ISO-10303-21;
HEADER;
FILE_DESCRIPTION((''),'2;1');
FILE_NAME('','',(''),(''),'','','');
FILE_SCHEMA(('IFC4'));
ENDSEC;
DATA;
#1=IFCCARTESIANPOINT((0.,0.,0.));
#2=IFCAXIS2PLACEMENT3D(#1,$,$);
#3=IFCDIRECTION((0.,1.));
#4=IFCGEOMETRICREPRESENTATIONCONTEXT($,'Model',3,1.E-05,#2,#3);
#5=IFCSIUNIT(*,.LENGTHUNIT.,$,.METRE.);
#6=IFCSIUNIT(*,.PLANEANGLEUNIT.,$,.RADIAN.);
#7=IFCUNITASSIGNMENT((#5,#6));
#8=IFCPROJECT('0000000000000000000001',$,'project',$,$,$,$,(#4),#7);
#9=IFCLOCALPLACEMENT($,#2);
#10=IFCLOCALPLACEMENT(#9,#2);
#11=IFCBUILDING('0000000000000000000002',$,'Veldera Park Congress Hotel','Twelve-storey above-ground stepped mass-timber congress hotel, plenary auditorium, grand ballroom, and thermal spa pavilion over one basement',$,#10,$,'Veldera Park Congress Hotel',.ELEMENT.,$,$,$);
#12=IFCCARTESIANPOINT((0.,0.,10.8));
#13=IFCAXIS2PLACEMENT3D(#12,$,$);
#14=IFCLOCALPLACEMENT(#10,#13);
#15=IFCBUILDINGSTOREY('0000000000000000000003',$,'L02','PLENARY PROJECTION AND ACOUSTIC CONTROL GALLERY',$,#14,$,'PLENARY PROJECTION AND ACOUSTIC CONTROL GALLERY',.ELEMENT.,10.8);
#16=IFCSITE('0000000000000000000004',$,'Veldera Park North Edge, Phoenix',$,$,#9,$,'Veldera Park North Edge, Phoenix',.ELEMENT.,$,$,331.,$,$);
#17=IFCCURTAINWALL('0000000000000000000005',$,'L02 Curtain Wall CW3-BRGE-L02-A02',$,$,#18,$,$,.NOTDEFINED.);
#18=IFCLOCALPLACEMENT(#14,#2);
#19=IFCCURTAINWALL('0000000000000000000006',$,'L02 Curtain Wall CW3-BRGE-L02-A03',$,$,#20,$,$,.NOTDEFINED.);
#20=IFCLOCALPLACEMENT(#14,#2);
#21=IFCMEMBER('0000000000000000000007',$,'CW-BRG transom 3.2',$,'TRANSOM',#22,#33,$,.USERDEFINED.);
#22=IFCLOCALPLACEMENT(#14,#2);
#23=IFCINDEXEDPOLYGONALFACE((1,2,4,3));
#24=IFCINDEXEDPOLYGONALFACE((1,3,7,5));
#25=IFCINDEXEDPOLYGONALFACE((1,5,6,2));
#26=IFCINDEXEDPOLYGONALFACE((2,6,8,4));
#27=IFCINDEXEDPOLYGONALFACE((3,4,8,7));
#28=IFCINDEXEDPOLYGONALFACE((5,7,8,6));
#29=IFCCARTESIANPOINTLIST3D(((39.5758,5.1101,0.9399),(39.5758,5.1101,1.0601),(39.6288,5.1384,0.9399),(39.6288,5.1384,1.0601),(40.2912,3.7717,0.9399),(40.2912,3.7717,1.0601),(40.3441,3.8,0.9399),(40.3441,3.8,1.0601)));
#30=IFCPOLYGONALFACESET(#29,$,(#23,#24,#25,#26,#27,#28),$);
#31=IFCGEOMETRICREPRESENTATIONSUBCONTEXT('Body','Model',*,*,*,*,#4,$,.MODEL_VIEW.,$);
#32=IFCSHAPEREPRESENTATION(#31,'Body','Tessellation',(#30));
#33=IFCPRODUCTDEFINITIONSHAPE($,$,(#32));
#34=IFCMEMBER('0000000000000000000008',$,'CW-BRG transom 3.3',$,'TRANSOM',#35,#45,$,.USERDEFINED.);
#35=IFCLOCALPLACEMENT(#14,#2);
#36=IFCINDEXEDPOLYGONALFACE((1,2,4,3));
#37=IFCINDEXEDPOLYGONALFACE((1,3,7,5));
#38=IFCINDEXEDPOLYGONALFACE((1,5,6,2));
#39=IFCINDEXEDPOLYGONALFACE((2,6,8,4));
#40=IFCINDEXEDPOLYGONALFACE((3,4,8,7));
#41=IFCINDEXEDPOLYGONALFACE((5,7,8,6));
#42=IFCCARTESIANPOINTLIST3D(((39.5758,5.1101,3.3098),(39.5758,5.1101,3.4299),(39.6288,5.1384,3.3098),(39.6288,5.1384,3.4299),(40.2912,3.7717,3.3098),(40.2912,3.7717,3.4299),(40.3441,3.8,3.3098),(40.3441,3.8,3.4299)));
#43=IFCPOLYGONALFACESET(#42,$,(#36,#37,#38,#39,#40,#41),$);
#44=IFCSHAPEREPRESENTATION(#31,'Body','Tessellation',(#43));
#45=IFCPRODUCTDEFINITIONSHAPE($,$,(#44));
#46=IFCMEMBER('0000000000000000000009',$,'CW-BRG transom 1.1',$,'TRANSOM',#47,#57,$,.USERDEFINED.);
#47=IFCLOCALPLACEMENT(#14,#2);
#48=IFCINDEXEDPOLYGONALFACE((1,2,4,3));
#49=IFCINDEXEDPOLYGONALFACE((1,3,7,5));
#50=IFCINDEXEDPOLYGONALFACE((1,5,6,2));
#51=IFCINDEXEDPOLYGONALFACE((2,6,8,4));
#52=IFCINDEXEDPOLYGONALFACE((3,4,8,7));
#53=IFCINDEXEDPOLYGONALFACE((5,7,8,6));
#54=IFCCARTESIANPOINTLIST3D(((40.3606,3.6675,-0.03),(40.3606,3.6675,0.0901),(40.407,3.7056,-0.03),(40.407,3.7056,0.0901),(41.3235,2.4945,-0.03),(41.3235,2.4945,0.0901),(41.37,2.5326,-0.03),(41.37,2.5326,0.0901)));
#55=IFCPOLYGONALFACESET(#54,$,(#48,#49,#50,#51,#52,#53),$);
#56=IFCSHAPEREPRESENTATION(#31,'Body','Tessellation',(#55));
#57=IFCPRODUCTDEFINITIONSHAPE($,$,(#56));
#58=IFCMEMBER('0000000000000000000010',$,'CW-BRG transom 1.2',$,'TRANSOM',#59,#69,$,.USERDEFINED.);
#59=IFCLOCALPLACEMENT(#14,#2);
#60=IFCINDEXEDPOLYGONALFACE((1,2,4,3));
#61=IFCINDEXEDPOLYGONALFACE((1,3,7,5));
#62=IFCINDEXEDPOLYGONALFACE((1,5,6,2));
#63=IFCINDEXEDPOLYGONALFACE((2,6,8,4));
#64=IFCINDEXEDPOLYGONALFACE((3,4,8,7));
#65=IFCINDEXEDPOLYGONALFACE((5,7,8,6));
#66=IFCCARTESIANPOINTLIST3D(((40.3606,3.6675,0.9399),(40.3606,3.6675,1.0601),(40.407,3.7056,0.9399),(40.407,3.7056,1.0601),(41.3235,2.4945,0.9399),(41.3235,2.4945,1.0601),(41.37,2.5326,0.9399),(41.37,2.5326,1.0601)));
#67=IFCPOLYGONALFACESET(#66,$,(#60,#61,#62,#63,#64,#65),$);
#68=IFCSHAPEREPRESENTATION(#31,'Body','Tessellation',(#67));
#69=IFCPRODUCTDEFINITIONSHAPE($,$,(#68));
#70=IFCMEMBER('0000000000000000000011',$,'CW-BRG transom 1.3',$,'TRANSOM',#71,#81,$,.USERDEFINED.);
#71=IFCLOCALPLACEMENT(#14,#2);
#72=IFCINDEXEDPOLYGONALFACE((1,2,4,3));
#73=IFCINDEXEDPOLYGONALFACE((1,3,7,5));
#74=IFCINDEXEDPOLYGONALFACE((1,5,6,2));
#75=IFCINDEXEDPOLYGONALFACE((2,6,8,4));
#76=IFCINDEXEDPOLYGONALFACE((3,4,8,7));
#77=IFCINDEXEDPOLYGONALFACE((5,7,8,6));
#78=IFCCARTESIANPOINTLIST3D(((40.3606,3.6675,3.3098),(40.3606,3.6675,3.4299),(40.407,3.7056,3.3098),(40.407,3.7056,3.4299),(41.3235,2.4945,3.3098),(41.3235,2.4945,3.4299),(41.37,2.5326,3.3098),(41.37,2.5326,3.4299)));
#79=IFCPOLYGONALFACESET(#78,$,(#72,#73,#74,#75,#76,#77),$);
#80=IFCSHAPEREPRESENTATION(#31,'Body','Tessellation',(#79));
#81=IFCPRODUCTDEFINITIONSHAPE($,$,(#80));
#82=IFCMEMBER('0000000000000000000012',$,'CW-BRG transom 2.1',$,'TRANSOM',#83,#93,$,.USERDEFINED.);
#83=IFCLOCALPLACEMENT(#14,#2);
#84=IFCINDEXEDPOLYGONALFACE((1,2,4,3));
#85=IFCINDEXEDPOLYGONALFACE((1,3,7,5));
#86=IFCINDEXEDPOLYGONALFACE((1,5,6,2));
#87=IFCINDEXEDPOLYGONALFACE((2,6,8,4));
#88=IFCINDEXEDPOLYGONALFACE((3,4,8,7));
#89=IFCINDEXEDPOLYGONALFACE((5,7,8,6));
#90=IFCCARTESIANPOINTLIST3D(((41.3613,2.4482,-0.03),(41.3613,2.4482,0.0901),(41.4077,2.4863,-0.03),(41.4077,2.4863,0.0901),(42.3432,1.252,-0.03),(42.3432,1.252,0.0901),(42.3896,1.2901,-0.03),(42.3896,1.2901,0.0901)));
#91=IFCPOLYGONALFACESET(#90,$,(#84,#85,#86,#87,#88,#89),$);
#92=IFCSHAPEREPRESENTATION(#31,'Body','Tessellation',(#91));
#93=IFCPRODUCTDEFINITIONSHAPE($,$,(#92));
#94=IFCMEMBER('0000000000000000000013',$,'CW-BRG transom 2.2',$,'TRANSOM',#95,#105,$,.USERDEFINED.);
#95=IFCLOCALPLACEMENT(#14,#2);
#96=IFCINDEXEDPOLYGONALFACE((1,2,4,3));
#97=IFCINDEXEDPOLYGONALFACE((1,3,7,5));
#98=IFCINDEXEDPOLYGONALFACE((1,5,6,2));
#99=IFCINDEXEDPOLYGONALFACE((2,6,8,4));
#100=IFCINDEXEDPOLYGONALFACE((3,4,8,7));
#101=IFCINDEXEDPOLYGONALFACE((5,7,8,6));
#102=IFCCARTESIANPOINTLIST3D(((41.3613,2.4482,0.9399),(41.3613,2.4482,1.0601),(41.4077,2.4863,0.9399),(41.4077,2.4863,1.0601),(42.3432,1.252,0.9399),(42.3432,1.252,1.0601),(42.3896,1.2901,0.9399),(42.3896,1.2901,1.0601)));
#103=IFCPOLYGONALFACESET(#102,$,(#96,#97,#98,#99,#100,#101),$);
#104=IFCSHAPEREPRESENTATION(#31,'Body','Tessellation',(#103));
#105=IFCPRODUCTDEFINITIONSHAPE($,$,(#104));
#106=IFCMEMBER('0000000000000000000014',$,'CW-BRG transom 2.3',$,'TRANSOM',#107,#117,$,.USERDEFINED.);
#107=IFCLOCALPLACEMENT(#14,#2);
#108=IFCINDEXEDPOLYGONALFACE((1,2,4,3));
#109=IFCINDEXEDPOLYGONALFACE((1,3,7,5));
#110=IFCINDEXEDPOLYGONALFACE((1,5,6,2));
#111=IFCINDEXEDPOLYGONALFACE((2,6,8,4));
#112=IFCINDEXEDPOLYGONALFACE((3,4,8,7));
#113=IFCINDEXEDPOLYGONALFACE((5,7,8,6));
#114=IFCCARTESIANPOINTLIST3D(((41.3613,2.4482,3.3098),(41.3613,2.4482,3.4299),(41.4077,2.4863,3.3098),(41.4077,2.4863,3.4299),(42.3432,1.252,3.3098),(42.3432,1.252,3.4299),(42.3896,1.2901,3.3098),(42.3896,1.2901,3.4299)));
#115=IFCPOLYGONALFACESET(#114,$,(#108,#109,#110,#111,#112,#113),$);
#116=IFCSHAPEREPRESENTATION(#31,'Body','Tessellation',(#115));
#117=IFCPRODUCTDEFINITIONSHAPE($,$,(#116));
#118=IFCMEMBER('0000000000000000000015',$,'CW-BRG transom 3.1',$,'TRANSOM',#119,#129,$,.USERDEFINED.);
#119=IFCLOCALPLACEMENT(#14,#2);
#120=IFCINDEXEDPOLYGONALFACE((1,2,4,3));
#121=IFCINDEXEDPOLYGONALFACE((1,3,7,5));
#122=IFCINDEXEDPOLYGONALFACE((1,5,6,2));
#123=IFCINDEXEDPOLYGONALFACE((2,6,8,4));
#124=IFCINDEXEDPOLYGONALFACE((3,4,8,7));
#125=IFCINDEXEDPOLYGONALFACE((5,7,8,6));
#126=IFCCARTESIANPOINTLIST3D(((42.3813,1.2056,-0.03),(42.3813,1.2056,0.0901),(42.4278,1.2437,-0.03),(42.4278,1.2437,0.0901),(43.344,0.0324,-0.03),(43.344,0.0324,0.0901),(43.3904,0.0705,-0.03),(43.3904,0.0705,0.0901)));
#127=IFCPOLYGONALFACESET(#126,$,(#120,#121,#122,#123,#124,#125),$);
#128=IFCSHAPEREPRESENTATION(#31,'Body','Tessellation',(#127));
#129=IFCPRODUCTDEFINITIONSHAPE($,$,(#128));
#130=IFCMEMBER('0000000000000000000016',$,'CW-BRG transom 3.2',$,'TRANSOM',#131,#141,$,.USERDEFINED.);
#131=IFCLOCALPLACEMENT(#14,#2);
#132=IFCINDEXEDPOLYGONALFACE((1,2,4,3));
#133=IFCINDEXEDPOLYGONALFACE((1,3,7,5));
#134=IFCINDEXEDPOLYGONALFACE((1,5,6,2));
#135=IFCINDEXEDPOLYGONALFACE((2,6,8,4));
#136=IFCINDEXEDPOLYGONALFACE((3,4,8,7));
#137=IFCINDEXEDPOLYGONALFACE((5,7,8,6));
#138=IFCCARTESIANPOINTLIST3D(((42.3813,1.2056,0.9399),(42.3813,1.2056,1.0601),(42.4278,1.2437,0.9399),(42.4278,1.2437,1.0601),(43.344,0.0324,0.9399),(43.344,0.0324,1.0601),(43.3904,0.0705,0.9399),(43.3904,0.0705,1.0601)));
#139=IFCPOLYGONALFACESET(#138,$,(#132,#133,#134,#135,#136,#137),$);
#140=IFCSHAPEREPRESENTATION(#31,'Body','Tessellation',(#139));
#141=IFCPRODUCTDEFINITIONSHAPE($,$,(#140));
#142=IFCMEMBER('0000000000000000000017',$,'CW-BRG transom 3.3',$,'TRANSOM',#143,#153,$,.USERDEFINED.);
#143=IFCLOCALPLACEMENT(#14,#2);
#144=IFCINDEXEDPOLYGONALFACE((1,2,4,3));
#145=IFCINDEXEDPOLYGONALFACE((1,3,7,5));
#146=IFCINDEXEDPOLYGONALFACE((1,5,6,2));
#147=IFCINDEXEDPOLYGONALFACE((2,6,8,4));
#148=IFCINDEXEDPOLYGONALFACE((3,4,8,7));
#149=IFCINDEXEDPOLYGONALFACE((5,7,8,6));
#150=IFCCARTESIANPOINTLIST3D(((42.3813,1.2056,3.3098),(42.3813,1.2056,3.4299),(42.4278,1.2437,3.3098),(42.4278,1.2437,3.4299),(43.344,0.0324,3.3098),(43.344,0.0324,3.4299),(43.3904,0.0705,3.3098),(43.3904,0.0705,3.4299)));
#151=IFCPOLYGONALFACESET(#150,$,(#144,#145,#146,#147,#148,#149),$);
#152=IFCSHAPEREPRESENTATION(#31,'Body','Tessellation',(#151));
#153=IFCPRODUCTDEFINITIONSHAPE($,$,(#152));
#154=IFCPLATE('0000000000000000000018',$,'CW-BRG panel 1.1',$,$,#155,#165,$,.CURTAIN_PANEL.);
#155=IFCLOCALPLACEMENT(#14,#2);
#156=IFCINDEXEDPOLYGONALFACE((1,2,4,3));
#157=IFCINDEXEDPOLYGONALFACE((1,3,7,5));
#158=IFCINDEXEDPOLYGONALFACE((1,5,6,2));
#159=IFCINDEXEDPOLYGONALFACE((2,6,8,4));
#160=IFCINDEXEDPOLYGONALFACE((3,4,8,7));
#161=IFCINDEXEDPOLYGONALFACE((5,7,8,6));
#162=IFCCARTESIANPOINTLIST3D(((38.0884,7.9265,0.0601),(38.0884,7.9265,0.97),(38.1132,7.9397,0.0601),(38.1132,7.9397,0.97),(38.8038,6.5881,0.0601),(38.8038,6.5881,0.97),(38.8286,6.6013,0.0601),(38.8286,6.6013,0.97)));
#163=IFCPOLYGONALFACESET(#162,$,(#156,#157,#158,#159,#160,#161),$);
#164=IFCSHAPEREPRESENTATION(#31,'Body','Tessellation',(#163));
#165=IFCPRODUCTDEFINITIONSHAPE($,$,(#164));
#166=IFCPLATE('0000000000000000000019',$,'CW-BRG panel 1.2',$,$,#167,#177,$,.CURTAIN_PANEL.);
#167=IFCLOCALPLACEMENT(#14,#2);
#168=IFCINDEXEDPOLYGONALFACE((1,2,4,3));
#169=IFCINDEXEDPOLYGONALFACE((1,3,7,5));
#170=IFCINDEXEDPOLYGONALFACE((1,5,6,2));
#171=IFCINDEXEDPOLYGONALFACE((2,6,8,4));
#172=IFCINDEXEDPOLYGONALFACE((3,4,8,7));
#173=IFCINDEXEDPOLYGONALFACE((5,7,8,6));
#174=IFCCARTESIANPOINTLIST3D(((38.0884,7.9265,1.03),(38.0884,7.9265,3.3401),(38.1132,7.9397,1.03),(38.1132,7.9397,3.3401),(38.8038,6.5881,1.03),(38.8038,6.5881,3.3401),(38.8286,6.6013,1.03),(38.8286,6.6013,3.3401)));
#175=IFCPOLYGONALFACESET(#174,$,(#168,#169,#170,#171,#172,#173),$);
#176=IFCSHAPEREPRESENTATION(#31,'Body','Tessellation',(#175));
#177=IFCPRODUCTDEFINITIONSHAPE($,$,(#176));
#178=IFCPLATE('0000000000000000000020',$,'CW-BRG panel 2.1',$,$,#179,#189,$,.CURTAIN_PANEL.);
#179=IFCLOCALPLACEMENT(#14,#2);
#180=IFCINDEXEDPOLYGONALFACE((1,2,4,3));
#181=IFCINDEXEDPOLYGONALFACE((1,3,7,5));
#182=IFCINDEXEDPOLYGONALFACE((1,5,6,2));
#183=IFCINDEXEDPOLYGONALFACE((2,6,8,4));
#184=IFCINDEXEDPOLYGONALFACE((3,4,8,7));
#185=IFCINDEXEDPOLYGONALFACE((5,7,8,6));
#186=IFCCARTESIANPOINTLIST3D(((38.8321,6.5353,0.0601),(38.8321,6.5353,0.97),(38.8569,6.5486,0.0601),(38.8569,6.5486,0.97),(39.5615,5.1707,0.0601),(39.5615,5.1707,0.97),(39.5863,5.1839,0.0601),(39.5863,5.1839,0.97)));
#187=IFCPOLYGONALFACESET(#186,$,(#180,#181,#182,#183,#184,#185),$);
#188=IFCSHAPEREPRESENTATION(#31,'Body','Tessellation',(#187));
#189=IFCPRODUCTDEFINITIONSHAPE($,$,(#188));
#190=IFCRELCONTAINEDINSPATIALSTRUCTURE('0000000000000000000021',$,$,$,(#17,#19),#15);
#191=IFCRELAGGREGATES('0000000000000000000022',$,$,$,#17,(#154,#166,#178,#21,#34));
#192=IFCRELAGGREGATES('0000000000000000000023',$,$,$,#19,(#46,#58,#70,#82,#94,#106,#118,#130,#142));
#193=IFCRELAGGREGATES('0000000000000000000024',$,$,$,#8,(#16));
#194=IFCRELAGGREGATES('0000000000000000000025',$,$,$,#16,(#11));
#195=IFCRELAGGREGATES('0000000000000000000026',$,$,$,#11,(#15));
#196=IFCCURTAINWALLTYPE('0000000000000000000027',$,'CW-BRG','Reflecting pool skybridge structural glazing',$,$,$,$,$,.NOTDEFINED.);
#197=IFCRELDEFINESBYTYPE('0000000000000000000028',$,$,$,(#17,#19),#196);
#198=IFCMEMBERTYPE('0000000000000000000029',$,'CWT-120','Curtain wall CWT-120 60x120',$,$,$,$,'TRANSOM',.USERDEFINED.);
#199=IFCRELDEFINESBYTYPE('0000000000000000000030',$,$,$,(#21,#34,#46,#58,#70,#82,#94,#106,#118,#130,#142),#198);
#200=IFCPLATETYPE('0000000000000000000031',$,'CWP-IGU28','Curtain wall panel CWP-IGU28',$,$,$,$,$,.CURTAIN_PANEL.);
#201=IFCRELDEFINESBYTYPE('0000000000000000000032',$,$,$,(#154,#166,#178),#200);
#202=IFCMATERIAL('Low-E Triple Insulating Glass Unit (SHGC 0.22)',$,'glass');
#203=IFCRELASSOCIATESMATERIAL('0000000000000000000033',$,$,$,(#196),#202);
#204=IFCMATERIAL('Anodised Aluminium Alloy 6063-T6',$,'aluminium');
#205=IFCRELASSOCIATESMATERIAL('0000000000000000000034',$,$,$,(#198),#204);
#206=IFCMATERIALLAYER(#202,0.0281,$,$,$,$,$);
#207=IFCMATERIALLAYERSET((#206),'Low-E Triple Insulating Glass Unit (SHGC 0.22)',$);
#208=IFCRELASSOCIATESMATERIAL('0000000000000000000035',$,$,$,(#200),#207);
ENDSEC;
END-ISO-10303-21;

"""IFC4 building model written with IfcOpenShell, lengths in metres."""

from ifc_helpers import new_model, si_unit, direction, frame, origin, origin_2d, place, context, subcontext, project, spatial, rectangle, extrude, material, layer, layer_set, material_profile, profile_set, type_object, element, aggregate, save


model = new_model("IFC4")

# Units and contexts
model_context = context("Model", 3, precision=1e-05, world=origin(), true_north=direction((0.0, 1.0)))
body_context = subcontext(model_context, "Body", "Model", "MODEL_VIEW")
ifc_project = project(units=[si_unit("LENGTHUNIT", "METRE"), si_unit("PLANEANGLEUNIT", "RADIAN")], contexts=[model_context])

# Site, building, storey
site_placement = place(None, origin())
site = spatial("IfcSite", under=ifc_project, at=site_placement, Name="Veldera Park North Edge, Phoenix", LongName="Veldera Park North Edge, Phoenix", CompositionType="ELEMENT", RefElevation=331.0)
building_placement = place(site_placement, origin())
building = spatial("IfcBuilding", under=site, at=building_placement, Name="Veldera Park Congress Hotel", Description="Twelve-storey above-ground stepped mass-timber congress hotel, plenary auditorium, grand ballroom, and thermal spa pavilion over one basement", LongName="Veldera Park Congress Hotel", CompositionType="ELEMENT")
storey_placement = place(building_placement, frame((0.0, 0.0, 10.8)))
storey = spatial("IfcBuildingStorey", under=building, at=storey_placement, Name="L02", Description="PLENARY PROJECTION AND ACOUSTIC CONTROL GALLERY", LongName="PLENARY PROJECTION AND ACOUSTIC CONTROL GALLERY", CompositionType="ELEMENT", Elevation=10.8)

# Shared definitions
ifc_material_1 = material(Name="Low-E Triple Insulating Glass Unit (SHGC 0.22)", Category="glass")
curtain_wall_type = type_object("IfcCurtainWallType", Name="CW-BRG", Description="Reflecting pool skybridge structural glazing", PredefinedType="NOTDEFINED", material=ifc_material_1)
ifc_material_2 = material(Name="Anodised Aluminium Alloy 6063-T6", Category="aluminium")

# Curtain walls
curtain_wall_1_placement = place(storey_placement, origin())
curtain_wall_1 = element("IfcCurtainWall", 1, at=curtain_wall_1_placement, inside=storey, type_object=curtain_wall_type, Name="L02 Curtain Wall CW3-BRGE-L02-A02", PredefinedType="NOTDEFINED")
curtain_wall_2_placement = place(storey_placement, origin())
curtain_wall_2 = element("IfcCurtainWall", 2, at=curtain_wall_2_placement, inside=storey, type_object=curtain_wall_type, Name="L02 Curtain Wall CW3-BRGE-L02-A03", PredefinedType="NOTDEFINED")

# Members
ifc_material_profile_1 = material_profile(ifc_material_2, rectangle(XDim=0.0601, YDim=0.1201, at=origin_2d()), Name="ALU 60x120")
ifc_profile_set_1 = profile_set([ifc_material_profile_1], Name="Anodised Aluminium Alloy 6063-T6")
member_type_1 = type_object("IfcMemberType", Name="CWT-120", Description="Curtain wall CWT-120 60x120", ElementType="TRANSOM", PredefinedType="USERDEFINED", material=ifc_profile_set_1)
member_1_placement = place(storey_placement, frame((39.6023, 5.1243, 1.0), z_axis=(0.471373, -0.881934, 0.0), x_axis=(0.881934, 0.471373, 0.0)))
member_1 = element("IfcMember", 3, at=member_1_placement, type_object=member_type_1, Name="CW-BRG transom 3.2", ObjectType="TRANSOM", PredefinedType="USERDEFINED", context=body_context, shape_type="SweptSolid", body=[
    extrude(rectangle(XDim=0.0601, YDim=0.1201, at=origin_2d()), origin(), (0.0, 0.0, 1.0), 1.5176),
])
member_2_placement = place(storey_placement, frame((39.6023, 5.1243, 3.3699), z_axis=(0.471373, -0.881934, 0.0), x_axis=(0.881934, 0.471373, 0.0)))
member_2 = element("IfcMember", 4, at=member_2_placement, type_object=member_type_1, Name="CW-BRG transom 3.3", ObjectType="TRANSOM", PredefinedType="USERDEFINED", context=body_context, shape_type="SweptSolid", body=[
    extrude(rectangle(XDim=0.0601, YDim=0.1201, at=origin_2d()), origin(), (0.0, 0.0, 1.0), 1.5176),
])
member_3_placement = place(storey_placement, frame((40.3838, 3.6865, 0.03), z_axis=(0.634534, -0.772895, 0.0), x_axis=(0.772895, 0.634534, 0.0)))
member_3 = element("IfcMember", 5, at=member_3_placement, type_object=member_type_1, Name="CW-BRG transom 1.1", ObjectType="TRANSOM", PredefinedType="USERDEFINED", context=body_context, shape_type="SweptSolid", body=[
    extrude(rectangle(XDim=0.0601, YDim=0.1201, at=origin_2d()), origin(), (0.0, 0.0, 1.0), 1.5176),
])
member_4_placement = place(storey_placement, frame((40.3838, 3.6865, 1.0), z_axis=(0.634534, -0.772895, 0.0), x_axis=(0.772895, 0.634534, 0.0)))
member_4 = element("IfcMember", 6, at=member_4_placement, type_object=member_type_1, Name="CW-BRG transom 1.2", ObjectType="TRANSOM", PredefinedType="USERDEFINED", context=body_context, shape_type="SweptSolid", body=[
    extrude(rectangle(XDim=0.0601, YDim=0.1201, at=origin_2d()), origin(), (0.0, 0.0, 1.0), 1.5176),
])
member_5_placement = place(storey_placement, frame((40.3838, 3.6865, 3.3699), z_axis=(0.634534, -0.772895, 0.0), x_axis=(0.772895, 0.634534, 0.0)))
member_5 = element("IfcMember", 7, at=member_5_placement, type_object=member_type_1, Name="CW-BRG transom 1.3", ObjectType="TRANSOM", PredefinedType="USERDEFINED", context=body_context, shape_type="SweptSolid", body=[
    extrude(rectangle(XDim=0.0601, YDim=0.1201, at=origin_2d()), origin(), (0.0, 0.0, 1.0), 1.5176),
])
member_6_placement = place(storey_placement, frame((41.3845, 2.4673, 0.03), z_axis=(0.634457, -0.772958, 0.0), x_axis=(0.772958, 0.634457, 0.0)))
member_6 = element("IfcMember", 8, at=member_6_placement, type_object=member_type_1, Name="CW-BRG transom 2.1", ObjectType="TRANSOM", PredefinedType="USERDEFINED", context=body_context, shape_type="SweptSolid", body=[
    extrude(rectangle(XDim=0.0601, YDim=0.1201, at=origin_2d()), origin(), (0.0, 0.0, 1.0), 1.5476),
])
member_7_placement = place(storey_placement, frame((41.3845, 2.4673, 1.0), z_axis=(0.634457, -0.772958, 0.0), x_axis=(0.772958, 0.634457, 0.0)))
member_7 = element("IfcMember", 9, at=member_7_placement, type_object=member_type_1, Name="CW-BRG transom 2.2", ObjectType="TRANSOM", PredefinedType="USERDEFINED", context=body_context, shape_type="SweptSolid", body=[
    extrude(rectangle(XDim=0.0601, YDim=0.1201, at=origin_2d()), origin(), (0.0, 0.0, 1.0), 1.5476),
])
member_8_placement = place(storey_placement, frame((41.3845, 2.4673, 3.3699), z_axis=(0.634457, -0.772958, 0.0), x_axis=(0.772958, 0.634457, 0.0)))
member_8 = element("IfcMember", 10, at=member_8_placement, type_object=member_type_1, Name="CW-BRG transom 2.3", ObjectType="TRANSOM", PredefinedType="USERDEFINED", context=body_context, shape_type="SweptSolid", body=[
    extrude(rectangle(XDim=0.0601, YDim=0.1201, at=origin_2d()), origin(), (0.0, 0.0, 1.0), 1.5476),
])
member_9_placement = place(storey_placement, frame((42.4045, 1.2246, 0.03), z_axis=(0.634359, -0.773039, 0.0), x_axis=(0.773039, 0.634359, 0.0)))
member_9 = element("IfcMember", 11, at=member_9_placement, type_object=member_type_1, Name="CW-BRG transom 3.1", ObjectType="TRANSOM", PredefinedType="USERDEFINED", context=body_context, shape_type="SweptSolid", body=[
    extrude(rectangle(XDim=0.0601, YDim=0.1201, at=origin_2d()), origin(), (0.0, 0.0, 1.0), 1.5176),
])
member_10_placement = place(storey_placement, frame((42.4045, 1.2246, 1.0), z_axis=(0.634359, -0.773039, 0.0), x_axis=(0.773039, 0.634359, 0.0)))
member_10 = element("IfcMember", 12, at=member_10_placement, type_object=member_type_1, Name="CW-BRG transom 3.2", ObjectType="TRANSOM", PredefinedType="USERDEFINED", context=body_context, shape_type="SweptSolid", body=[
    extrude(rectangle(XDim=0.0601, YDim=0.1201, at=origin_2d()), origin(), (0.0, 0.0, 1.0), 1.5176),
])
member_11_placement = place(storey_placement, frame((42.4045, 1.2246, 3.3699), z_axis=(0.634359, -0.773039, 0.0), x_axis=(0.773039, 0.634359, 0.0)))
member_11 = element("IfcMember", 13, at=member_11_placement, type_object=member_type_1, Name="CW-BRG transom 3.3", ObjectType="TRANSOM", PredefinedType="USERDEFINED", context=body_context, shape_type="SweptSolid", body=[
    extrude(rectangle(XDim=0.0601, YDim=0.1201, at=origin_2d()), origin(), (0.0, 0.0, 1.0), 1.5176),
])

# Plates
ifc_layer = layer(ifc_material_1, 0.0281)
ifc_layer_set = layer_set([ifc_layer], Name="Low-E Triple Insulating Glass Unit (SHGC 0.22)")
plate_type = type_object("IfcPlateType", Name="CWP-IGU28", Description="Curtain wall panel CWP-IGU28", PredefinedType="CURTAIN_PANEL", material=ifc_layer_set)
plate_1_placement = place(storey_placement, frame((38.4585, 7.2639, 0.0601), z_axis=(0.0, 0.0, 1.0), x_axis=(0.471385, -0.881928, 0.0)))
plate_1 = element("IfcPlate", 14, at=plate_1_placement, type_object=plate_type, Name="CW-BRG panel 1.1", PredefinedType="CURTAIN_PANEL", context=body_context, shape_type="SweptSolid", body=[
    extrude(rectangle(XDim=1.5176, YDim=0.0281, at=origin_2d()), origin(), (0.0, 0.0, 1.0), 0.9099),
])
plate_2_placement = place(storey_placement, frame((38.4585, 7.2639, 1.03), z_axis=(0.0, 0.0, 1.0), x_axis=(0.471385, -0.881928, 0.0)))
plate_2 = element("IfcPlate", 15, at=plate_2_placement, type_object=plate_type, Name="CW-BRG panel 1.2", PredefinedType="CURTAIN_PANEL", context=body_context, shape_type="SweptSolid", body=[
    extrude(rectangle(XDim=1.5176, YDim=0.0281, at=origin_2d()), origin(), (0.0, 0.0, 1.0), 2.3101),
])
plate_3_placement = place(storey_placement, frame((39.2092, 5.8596, 0.0601), z_axis=(0.0, 0.0, 1.0), x_axis=(0.471385, -0.881928, 0.0)))
plate_3 = element("IfcPlate", 16, at=plate_3_placement, type_object=plate_type, Name="CW-BRG panel 2.1", PredefinedType="CURTAIN_PANEL", context=body_context, shape_type="SweptSolid", body=[
    extrude(rectangle(XDim=1.5474, YDim=0.0281, at=origin_2d()), origin(), (0.0, 0.0, 1.0), 0.9099),
])
aggregate(curtain_wall_1, [plate_1, plate_2, plate_3, member_1, member_2])
aggregate(curtain_wall_2, [member_3, member_4, member_5, member_6, member_7, member_8, member_9, member_10, member_11])

save(model, "model.ifc")
